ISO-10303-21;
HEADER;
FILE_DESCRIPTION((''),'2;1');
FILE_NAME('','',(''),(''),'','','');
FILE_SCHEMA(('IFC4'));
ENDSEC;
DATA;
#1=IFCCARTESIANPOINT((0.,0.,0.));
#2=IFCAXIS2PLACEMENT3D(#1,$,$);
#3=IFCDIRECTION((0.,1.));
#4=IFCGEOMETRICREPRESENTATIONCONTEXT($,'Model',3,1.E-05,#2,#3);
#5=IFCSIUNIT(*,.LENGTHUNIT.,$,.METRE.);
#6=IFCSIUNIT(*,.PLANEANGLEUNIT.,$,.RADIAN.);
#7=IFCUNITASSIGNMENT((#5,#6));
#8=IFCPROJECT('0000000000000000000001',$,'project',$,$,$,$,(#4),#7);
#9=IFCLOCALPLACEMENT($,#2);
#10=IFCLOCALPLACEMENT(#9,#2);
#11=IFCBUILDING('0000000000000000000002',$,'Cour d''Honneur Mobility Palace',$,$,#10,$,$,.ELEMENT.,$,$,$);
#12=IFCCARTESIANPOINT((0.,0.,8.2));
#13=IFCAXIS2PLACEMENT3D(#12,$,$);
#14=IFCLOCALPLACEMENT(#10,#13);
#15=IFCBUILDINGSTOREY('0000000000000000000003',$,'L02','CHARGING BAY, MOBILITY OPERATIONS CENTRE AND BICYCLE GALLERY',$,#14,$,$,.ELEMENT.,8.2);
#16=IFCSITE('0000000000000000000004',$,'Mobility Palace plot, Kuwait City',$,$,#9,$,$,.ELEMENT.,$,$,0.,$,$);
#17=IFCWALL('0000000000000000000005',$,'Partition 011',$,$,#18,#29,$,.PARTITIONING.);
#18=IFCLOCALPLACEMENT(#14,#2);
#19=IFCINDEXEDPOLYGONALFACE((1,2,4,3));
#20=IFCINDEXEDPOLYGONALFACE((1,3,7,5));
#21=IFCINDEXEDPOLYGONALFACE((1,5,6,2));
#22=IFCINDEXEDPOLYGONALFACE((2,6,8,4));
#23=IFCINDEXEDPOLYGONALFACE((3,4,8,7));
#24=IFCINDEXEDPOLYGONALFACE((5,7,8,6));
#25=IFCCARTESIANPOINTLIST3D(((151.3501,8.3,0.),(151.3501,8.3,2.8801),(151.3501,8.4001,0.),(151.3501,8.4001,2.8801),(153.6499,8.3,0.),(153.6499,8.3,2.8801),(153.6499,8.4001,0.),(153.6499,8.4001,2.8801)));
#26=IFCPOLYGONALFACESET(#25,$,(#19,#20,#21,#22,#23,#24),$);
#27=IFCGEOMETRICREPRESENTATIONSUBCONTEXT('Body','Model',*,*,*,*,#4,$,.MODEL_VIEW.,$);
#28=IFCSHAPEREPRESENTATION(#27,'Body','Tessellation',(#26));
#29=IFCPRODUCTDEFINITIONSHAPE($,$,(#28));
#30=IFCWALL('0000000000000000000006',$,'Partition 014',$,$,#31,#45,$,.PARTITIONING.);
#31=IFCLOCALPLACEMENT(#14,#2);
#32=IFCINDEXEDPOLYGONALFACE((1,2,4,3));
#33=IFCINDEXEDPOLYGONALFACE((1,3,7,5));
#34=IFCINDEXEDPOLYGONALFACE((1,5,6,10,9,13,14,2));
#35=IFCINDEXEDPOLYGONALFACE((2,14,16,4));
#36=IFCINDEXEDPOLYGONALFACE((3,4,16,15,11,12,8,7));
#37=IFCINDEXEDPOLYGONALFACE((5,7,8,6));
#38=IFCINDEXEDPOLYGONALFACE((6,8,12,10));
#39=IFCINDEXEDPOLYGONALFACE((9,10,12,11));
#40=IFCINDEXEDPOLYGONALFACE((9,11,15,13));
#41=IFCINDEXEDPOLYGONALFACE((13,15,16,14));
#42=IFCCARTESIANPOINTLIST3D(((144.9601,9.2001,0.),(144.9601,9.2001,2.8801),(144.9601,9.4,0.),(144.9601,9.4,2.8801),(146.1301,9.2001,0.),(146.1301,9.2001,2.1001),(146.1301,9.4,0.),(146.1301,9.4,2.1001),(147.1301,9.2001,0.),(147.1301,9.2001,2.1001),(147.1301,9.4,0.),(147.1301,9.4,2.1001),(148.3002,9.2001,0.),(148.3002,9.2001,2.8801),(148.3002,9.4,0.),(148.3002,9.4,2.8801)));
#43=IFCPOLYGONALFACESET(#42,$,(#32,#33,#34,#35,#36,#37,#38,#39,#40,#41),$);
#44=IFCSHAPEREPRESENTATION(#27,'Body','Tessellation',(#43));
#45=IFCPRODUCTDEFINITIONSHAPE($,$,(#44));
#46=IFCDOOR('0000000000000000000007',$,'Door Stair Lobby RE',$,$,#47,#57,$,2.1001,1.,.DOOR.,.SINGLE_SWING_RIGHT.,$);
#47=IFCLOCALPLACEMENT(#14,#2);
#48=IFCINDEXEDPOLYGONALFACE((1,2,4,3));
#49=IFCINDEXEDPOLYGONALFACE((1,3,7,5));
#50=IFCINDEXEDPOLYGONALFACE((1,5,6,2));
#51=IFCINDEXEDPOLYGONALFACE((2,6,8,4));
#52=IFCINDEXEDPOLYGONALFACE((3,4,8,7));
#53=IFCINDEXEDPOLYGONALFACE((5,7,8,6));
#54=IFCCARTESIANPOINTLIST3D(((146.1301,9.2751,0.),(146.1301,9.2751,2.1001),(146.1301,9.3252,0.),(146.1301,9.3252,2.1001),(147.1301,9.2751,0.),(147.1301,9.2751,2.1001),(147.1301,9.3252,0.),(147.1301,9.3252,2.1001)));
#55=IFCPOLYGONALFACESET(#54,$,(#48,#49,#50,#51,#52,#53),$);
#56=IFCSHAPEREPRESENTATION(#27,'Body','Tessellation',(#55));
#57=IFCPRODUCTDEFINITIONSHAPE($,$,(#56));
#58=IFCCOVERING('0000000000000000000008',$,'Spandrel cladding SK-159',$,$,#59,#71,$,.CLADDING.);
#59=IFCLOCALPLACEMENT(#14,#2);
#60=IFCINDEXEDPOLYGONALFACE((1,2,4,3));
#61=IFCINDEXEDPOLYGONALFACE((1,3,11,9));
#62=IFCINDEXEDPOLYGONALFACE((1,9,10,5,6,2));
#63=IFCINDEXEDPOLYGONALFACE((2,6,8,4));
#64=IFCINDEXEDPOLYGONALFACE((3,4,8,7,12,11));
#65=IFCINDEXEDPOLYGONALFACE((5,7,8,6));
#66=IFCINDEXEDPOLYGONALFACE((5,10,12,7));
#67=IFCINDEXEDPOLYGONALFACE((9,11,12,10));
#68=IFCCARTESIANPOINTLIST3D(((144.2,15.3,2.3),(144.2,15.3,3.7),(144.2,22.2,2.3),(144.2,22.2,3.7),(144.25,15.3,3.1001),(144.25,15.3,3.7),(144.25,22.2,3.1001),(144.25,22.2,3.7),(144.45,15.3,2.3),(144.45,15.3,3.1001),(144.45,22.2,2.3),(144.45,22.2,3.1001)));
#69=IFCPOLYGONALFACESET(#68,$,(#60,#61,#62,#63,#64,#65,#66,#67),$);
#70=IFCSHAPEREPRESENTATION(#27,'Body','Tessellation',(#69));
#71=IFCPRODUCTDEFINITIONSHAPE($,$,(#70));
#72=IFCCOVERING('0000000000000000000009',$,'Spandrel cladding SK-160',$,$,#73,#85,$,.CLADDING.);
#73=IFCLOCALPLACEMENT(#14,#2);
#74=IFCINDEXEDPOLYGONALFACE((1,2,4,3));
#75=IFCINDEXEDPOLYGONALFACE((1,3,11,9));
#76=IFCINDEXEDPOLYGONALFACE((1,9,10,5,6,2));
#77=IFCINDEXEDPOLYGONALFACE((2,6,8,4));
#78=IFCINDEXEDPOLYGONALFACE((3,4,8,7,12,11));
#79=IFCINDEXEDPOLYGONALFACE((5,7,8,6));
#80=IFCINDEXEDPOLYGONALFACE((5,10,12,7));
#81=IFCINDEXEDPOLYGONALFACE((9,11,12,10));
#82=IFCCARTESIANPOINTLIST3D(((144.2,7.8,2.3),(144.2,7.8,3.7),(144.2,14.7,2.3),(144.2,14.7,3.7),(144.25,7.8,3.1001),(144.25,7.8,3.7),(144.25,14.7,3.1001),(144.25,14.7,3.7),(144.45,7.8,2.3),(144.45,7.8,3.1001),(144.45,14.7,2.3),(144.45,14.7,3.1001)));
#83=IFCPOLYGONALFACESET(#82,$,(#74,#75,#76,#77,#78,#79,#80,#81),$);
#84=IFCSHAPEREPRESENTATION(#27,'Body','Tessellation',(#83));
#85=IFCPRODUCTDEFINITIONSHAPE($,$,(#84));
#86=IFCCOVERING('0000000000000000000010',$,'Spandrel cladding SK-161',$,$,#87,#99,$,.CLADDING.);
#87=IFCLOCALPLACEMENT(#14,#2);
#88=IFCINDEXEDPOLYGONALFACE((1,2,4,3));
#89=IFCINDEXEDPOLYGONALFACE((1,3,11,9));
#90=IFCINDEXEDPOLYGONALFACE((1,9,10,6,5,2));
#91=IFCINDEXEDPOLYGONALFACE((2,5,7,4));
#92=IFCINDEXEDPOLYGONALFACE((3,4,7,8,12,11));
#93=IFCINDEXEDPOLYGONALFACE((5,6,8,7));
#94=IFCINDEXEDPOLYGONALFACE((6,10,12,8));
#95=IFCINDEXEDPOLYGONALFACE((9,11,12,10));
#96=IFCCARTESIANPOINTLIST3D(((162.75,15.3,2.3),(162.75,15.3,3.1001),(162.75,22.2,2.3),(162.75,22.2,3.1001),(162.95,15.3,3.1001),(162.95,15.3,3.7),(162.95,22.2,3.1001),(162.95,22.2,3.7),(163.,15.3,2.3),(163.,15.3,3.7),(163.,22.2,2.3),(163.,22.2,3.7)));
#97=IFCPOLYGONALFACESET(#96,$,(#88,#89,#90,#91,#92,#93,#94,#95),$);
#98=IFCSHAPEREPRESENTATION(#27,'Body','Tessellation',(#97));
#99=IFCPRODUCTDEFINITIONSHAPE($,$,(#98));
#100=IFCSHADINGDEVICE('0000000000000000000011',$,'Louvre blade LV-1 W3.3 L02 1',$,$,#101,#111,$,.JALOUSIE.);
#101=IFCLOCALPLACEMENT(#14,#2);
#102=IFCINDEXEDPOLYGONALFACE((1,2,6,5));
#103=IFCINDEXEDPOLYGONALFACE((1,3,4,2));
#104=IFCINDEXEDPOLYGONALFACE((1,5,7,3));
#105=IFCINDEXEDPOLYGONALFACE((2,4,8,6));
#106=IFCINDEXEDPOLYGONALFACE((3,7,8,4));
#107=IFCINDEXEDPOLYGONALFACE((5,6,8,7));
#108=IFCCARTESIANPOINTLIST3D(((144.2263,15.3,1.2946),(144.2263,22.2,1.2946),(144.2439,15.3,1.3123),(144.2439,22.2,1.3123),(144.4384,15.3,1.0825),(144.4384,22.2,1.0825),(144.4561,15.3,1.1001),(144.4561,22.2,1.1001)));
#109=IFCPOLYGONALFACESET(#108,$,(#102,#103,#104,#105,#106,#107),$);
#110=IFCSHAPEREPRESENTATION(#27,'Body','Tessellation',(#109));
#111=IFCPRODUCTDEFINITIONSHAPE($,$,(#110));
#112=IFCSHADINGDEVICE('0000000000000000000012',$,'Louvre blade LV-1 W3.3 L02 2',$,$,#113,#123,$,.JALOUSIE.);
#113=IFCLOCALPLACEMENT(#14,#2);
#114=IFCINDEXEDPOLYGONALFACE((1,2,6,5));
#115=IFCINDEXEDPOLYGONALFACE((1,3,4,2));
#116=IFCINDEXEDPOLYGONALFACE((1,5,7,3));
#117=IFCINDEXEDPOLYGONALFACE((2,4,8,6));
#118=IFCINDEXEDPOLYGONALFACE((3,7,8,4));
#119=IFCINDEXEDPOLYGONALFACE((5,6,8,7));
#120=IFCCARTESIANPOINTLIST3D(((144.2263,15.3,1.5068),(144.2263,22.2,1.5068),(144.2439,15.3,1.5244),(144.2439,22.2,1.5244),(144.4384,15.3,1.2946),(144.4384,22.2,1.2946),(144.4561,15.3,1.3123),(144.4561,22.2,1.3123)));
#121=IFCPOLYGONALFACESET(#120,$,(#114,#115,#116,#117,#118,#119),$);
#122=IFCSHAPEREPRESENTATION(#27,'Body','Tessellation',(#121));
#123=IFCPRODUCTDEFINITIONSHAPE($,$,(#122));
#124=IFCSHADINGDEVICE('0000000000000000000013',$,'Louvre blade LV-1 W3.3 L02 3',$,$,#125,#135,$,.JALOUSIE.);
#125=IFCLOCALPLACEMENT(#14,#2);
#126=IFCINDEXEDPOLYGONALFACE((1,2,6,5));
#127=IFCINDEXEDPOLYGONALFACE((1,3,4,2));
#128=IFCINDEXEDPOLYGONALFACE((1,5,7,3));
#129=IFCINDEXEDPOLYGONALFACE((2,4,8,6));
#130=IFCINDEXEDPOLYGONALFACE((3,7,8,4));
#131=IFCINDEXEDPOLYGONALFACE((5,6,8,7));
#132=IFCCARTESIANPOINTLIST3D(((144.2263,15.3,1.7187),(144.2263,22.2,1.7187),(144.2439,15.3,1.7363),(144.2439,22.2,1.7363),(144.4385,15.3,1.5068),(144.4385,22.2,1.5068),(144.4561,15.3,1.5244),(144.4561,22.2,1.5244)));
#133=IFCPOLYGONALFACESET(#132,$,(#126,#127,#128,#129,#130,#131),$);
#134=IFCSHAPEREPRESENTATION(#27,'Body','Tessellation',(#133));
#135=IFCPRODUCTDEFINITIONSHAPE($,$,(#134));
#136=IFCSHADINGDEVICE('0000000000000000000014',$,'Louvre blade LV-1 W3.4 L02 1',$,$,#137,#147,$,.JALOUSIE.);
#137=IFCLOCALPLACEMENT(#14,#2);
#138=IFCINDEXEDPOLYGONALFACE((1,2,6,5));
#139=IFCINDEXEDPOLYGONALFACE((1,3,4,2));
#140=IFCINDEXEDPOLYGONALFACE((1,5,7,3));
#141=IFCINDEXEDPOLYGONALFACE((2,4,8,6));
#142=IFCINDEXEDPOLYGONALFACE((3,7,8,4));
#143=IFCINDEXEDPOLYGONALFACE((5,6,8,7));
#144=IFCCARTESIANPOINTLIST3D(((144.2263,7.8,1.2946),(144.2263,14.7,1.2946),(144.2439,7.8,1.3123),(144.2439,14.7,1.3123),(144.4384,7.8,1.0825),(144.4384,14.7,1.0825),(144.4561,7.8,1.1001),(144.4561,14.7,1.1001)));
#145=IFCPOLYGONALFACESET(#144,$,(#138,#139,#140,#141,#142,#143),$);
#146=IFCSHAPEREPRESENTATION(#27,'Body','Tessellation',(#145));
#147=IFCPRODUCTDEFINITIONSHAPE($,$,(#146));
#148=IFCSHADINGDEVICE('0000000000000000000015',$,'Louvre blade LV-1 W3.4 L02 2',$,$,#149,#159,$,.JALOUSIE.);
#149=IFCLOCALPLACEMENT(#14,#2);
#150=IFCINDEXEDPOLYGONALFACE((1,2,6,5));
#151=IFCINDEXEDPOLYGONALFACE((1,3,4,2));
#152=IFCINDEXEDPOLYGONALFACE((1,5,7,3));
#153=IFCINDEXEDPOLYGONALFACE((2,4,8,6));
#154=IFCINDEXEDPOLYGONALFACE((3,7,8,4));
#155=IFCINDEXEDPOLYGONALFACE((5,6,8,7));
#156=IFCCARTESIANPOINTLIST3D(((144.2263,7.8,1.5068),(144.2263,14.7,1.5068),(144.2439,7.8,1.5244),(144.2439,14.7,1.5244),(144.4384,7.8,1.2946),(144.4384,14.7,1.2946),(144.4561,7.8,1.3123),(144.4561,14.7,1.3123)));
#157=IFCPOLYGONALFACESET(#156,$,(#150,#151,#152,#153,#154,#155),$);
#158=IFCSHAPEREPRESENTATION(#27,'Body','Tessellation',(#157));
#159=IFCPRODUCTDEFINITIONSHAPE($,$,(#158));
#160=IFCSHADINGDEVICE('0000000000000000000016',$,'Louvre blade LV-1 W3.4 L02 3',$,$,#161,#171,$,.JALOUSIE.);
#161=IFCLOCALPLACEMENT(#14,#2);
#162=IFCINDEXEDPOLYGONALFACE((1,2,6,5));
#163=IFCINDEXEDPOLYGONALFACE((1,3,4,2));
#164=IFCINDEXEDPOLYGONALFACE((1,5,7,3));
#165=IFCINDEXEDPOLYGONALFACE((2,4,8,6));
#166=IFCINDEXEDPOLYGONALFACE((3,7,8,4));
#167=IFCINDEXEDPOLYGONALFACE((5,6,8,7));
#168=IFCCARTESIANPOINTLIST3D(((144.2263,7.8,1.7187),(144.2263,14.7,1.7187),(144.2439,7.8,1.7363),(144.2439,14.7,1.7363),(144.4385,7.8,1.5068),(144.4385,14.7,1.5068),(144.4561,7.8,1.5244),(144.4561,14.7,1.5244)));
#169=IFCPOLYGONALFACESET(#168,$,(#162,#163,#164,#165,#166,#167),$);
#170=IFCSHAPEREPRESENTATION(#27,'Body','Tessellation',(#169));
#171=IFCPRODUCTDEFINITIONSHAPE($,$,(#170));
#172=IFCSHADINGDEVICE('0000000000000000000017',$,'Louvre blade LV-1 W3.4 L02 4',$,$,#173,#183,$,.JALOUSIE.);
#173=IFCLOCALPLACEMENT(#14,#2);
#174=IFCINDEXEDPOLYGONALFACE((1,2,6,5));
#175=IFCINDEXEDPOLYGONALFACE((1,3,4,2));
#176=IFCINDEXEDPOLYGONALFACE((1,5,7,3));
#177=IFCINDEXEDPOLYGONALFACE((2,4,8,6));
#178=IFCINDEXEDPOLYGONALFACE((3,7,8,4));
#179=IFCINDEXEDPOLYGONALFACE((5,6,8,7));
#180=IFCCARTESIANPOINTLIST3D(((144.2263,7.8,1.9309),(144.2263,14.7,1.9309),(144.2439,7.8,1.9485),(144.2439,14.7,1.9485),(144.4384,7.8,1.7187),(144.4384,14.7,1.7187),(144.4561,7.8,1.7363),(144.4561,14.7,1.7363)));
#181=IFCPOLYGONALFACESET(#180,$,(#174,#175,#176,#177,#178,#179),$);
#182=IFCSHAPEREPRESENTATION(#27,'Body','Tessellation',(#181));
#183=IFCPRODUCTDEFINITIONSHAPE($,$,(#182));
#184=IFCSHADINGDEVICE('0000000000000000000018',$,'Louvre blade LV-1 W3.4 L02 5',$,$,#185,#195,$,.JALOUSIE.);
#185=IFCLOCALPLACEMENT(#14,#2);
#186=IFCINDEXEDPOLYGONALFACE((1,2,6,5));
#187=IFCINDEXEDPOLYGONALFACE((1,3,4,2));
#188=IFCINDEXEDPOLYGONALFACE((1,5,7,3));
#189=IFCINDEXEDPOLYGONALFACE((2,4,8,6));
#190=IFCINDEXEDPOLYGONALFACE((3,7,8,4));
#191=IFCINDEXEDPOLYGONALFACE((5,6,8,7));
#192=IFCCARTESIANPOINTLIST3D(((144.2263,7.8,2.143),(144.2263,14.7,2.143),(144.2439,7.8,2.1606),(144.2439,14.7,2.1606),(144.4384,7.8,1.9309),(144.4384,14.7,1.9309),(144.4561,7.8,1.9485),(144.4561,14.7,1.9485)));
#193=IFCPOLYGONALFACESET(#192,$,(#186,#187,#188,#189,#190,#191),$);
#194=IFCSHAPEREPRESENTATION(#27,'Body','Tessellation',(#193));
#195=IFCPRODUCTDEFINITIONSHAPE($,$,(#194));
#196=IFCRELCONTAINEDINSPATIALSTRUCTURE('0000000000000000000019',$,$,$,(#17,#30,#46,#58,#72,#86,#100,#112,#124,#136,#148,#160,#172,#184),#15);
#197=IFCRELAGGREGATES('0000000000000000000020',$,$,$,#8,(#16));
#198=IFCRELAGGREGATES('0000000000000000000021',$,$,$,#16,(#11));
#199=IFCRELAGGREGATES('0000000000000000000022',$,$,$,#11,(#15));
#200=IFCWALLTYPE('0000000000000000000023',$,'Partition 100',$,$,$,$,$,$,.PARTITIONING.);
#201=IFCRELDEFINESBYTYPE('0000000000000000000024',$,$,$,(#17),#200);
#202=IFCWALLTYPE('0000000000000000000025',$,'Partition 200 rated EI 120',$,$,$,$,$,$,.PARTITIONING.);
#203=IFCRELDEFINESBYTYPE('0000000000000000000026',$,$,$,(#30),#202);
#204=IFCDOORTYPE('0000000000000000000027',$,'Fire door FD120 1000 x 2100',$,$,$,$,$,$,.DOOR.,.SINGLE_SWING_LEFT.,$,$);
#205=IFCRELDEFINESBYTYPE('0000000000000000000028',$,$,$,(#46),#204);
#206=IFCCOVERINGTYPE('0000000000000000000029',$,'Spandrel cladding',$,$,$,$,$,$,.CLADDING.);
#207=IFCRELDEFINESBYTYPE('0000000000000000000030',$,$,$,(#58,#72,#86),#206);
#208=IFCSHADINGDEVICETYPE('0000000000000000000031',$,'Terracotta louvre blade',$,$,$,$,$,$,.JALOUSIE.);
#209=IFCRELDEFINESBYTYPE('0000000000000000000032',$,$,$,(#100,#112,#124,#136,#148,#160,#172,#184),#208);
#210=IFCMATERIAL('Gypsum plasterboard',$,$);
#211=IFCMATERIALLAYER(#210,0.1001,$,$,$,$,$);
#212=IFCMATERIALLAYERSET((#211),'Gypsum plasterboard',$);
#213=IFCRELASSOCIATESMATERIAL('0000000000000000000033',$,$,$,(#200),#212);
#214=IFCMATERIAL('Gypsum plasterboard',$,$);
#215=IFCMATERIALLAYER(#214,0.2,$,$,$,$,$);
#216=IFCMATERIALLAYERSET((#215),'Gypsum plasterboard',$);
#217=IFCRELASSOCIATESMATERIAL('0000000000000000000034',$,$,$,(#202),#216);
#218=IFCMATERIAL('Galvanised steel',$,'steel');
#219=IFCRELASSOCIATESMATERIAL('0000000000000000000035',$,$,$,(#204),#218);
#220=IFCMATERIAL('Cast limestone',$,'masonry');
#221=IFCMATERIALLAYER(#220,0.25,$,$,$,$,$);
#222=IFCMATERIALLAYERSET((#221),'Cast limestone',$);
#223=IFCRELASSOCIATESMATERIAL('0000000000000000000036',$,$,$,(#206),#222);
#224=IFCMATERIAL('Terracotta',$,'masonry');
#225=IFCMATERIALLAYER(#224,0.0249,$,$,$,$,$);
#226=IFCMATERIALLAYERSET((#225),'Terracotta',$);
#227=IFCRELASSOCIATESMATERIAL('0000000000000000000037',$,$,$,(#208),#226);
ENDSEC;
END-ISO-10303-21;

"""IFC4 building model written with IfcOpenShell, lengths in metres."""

from ifc_helpers import new_model, si_unit, direction, frame, frame_2d, origin, place, context, subcontext, project, spatial, polyline, rectangle, outline, extrude, material, layer, layer_set, type_object, element, fill, save


model = new_model("IFC4")

# Units and contexts
model_context = context("Model", 3, precision=1e-05, world=origin(), true_north=direction((0.0, 1.0)))
body_context = subcontext(model_context, "Body", "Model", "MODEL_VIEW")
ifc_project = project(units=[si_unit("LENGTHUNIT", "METRE"), si_unit("PLANEANGLEUNIT", "RADIAN")], contexts=[model_context])

# Site, building, storey
site_placement = place(None, origin())
site = spatial("IfcSite", under=ifc_project, at=site_placement, Name="Mobility Palace plot, Kuwait City", CompositionType="ELEMENT", RefElevation=0.0)
building_placement = place(site_placement, origin())
building = spatial("IfcBuilding", under=site, at=building_placement, Name="Cour d'Honneur Mobility Palace", CompositionType="ELEMENT")
storey_placement = place(building_placement, frame((0.0, 0.0, 8.2)))
storey = spatial("IfcBuildingStorey", under=building, at=storey_placement, Name="L02", Description="CHARGING BAY, MOBILITY OPERATIONS CENTRE AND BICYCLE GALLERY", CompositionType="ELEMENT", Elevation=8.2)

# Shared definitions
ifc_material_1 = material(Name="Gypsum plasterboard")
ifc_layer_1 = layer(ifc_material_1, 0.1001)
ifc_layer_set_1 = layer_set([ifc_layer_1], Name="Gypsum plasterboard")
wall_type_1 = type_object("IfcWallType", Name="Partition 100", PredefinedType="PARTITIONING", material=ifc_layer_set_1)

# Wall
wall_1_placement = place(storey_placement, frame((153.6499, 8.3501, 0.0), z_axis=(0.0, 0.0, 1.0), x_axis=(-1.0, 0.0, 0.0)))
element("IfcWall", 1, at=wall_1_placement, inside=storey, type_object=wall_type_1, Name="Partition 011", PredefinedType="PARTITIONING", context=body_context, shape_type="SweptSolid", body=[
    extrude(rectangle(XDim=2.2998, YDim=0.1001, at=frame_2d((1.1499, 0.0))), origin(), (0.0, 0.0, 1.0), 2.8801),
])

# Wall, opening, door
ifc_material_2 = material(Name="Gypsum plasterboard")
ifc_layer_2 = layer(ifc_material_2, 0.2)
ifc_layer_set_2 = layer_set([ifc_layer_2], Name="Gypsum plasterboard")
wall_type_2 = type_object("IfcWallType", Name="Partition 200 rated EI 120", PredefinedType="PARTITIONING", material=ifc_layer_set_2)
wall_2_placement = place(storey_placement, frame((148.3, 9.3, 0.0), z_axis=(0.0, 0.0, 1.0), x_axis=(-1.0, 0.0, 0.0)))
wall_2 = element("IfcWall", 2, at=wall_2_placement, inside=storey, type_object=wall_type_2, Name="Partition 014", PredefinedType="PARTITIONING", context=body_context, shape_type="SweptSolid", body=[
    extrude(rectangle(XDim=3.3401, YDim=0.2, at=frame_2d((1.6699, 0.0))), origin(), (0.0, 0.0, 1.0), 2.8801),
])
opening_1_placement = place(wall_2_placement, frame((1.1699, 0.0, 0.0)))
opening_1 = element("IfcOpeningElement", 3, at=opening_1_placement, cuts=wall_2, PredefinedType="OPENING", context=body_context, shape_type="SweptSolid", body=[
    extrude(rectangle(XDim=1.0, YDim=2.1001, at=frame_2d((0.5, 1.05))), frame((0.0, 0.1099, 0.0), z_axis=(0.0, -1.0, 0.0), x_axis=(1.0, 0.0, 0.0)), (0.0, 0.0, 1.0), 0.22),
])
ifc_material_3 = material(Name="Galvanised steel", Category="steel")
door_type_1 = type_object("IfcDoorType", Name="Fire door FD120 1000 x 2100", OperationType="SINGLE_SWING_LEFT", PredefinedType="DOOR", material=ifc_material_3)
door_1_placement = place(opening_1_placement, origin())
door_1 = element("IfcDoor", 4, at=door_1_placement, inside=storey, type_object=door_type_1, Name="Door Stair Lobby RE", OperationType="SINGLE_SWING_RIGHT", OverallHeight=2.1001, OverallWidth=1.0, PredefinedType="DOOR", context=body_context, shape_type="SweptSolid", body=[
    extrude(rectangle(XDim=1.0, YDim=2.1001, at=frame_2d((0.5, 1.05))), frame((0.0, 0.0249, 0.0), z_axis=(0.0, -1.0, 0.0), x_axis=(1.0, 0.0, 0.0)), (0.0, 0.0, 1.0), 0.05),
])
fill(opening_1, door_1)

# Coverings
ifc_material_4 = material(Name="Cast limestone", Category="masonry")
ifc_layer_3 = layer(ifc_material_4, 0.25)
ifc_layer_set_3 = layer_set([ifc_layer_3], Name="Cast limestone")
covering_type = type_object("IfcCoveringType", Name="Spandrel cladding", PredefinedType="CLADDING", material=ifc_layer_set_3)
for number, where, z_axis, x_axis, name in (
    (5, (144.45, 22.2, 2.3), (0.0, 1.0, 0.0), (-1.0, 0.0, 0.0), "Spandrel cladding SK-159"),
    (6, (144.45, 14.7, 2.3), (0.0, 1.0, 0.0), (-1.0, 0.0, 0.0), "Spandrel cladding SK-160"),
    (7, (162.75, 15.3, 2.3), (0.0, -1.0, 0.0), (1.0, 0.0, 0.0), "Spandrel cladding SK-161"),
):
    element("IfcCovering", number, at=place(storey_placement, frame(where, z_axis=z_axis, x_axis=x_axis)), inside=storey, type_object=covering_type, Name=name, PredefinedType="CLADDING", context=body_context, shape_type="SweptSolid", body=[
        extrude(outline(polyline([(0.0, 0.0), (0.25, 0.0), (0.25, 1.3999), (0.2, 1.3999), (0.2, 0.8), (0.0, 0.8), (0.0, 0.0)])), origin(), (0.0, 0.0, -1.0), 6.8999),
    ])

# Shading devices
ifc_material_5 = material(Name="Terracotta", Category="masonry")
ifc_layer_4 = layer(ifc_material_5, 0.0249)
ifc_layer_set_4 = layer_set([ifc_layer_4], Name="Terracotta")
shading_device_type = type_object("IfcShadingDeviceType", Name="Terracotta louvre blade", PredefinedType="JALOUSIE", material=ifc_layer_set_4)
for number, where, z_axis, x_axis, name in (
    (8, (144.4561, 22.2, 1.1001), (0.707107, 0.0, 0.707107), (0.0, -1.0, 0.0), "Louvre blade LV-1 W3.3 L02 1"),
    (9, (144.4561, 22.2, 1.3123), (0.707107, 0.0, 0.707107), (0.0, -1.0, 0.0), "Louvre blade LV-1 W3.3 L02 2"),
):
    element("IfcShadingDevice", number, at=place(storey_placement, frame(where, z_axis=z_axis, x_axis=x_axis)), inside=storey, type_object=shading_device_type, Name=name, PredefinedType="JALOUSIE", context=body_context, shape_type="SweptSolid", body=[
        extrude(outline(polyline([(0.0, 0.0), (6.8999, 0.0), (6.8999, -0.3), (0.0, -0.3), (0.0, 0.0)])), origin(), (0.0, 0.0, -1.0), 0.0249),
    ])
shading_device_1_placement = place(storey_placement, frame((144.4561, 22.2, 1.5244), z_axis=(0.7067, 0.0, 0.707514), x_axis=(0.0, -1.0, 0.0)))
element("IfcShadingDevice", 10, at=shading_device_1_placement, inside=storey, type_object=shading_device_type, Name="Louvre blade LV-1 W3.3 L02 3", PredefinedType="JALOUSIE", context=body_context, shape_type="SweptSolid", body=[
    extrude(outline(polyline([(0.0, 0.0), (6.8999, 0.0), (6.8999, -0.2999), (0.0, -0.2999), (0.0, 0.0)])), origin(), (0.0, 0.0, -1.0), 0.0249),
])
for number, where, z_axis, x_axis, name in (
    (11, (144.4561, 14.7, 1.1001), (0.707107, 0.0, 0.707107), (0.0, -1.0, 0.0), "Louvre blade LV-1 W3.4 L02 1"),
    (12, (144.4561, 14.7, 1.3123), (0.707107, 0.0, 0.707107), (0.0, -1.0, 0.0), "Louvre blade LV-1 W3.4 L02 2"),
):
    element("IfcShadingDevice", number, at=place(storey_placement, frame(where, z_axis=z_axis, x_axis=x_axis)), inside=storey, type_object=shading_device_type, Name=name, PredefinedType="JALOUSIE", context=body_context, shape_type="SweptSolid", body=[
        extrude(outline(polyline([(0.0, 0.0), (6.8999, 0.0), (6.8999, -0.3), (0.0, -0.3), (0.0, 0.0)])), origin(), (0.0, 0.0, -1.0), 0.0249),
    ])
shading_device_2_placement = place(storey_placement, frame((144.4561, 14.7, 1.5244), z_axis=(0.7067, 0.0, 0.707514), x_axis=(0.0, -1.0, 0.0)))
element("IfcShadingDevice", 13, at=shading_device_2_placement, inside=storey, type_object=shading_device_type, Name="Louvre blade LV-1 W3.4 L02 3", PredefinedType="JALOUSIE", context=body_context, shape_type="SweptSolid", body=[
    extrude(outline(polyline([(0.0, 0.0), (6.8999, 0.0), (6.8999, -0.2999), (0.0, -0.2999), (0.0, 0.0)])), origin(), (0.0, 0.0, -1.0), 0.0249),
])
for number, where, z_axis, x_axis, name in (
    (14, (144.4561, 14.7, 1.7363), (0.707107, 0.0, 0.707107), (0.0, -1.0, 0.0), "Louvre blade LV-1 W3.4 L02 4"),
    (15, (144.4561, 14.7, 1.9485), (0.707107, 0.0, 0.707107), (0.0, -1.0, 0.0), "Louvre blade LV-1 W3.4 L02 5"),
):
    element("IfcShadingDevice", number, at=place(storey_placement, frame(where, z_axis=z_axis, x_axis=x_axis)), inside=storey, type_object=shading_device_type, Name=name, PredefinedType="JALOUSIE", context=body_context, shape_type="SweptSolid", body=[
        extrude(outline(polyline([(0.0, 0.0), (6.8999, 0.0), (6.8999, -0.3), (0.0, -0.3), (0.0, 0.0)])), origin(), (0.0, 0.0, -1.0), 0.0249),
    ])

save(model, "model.ifc")
